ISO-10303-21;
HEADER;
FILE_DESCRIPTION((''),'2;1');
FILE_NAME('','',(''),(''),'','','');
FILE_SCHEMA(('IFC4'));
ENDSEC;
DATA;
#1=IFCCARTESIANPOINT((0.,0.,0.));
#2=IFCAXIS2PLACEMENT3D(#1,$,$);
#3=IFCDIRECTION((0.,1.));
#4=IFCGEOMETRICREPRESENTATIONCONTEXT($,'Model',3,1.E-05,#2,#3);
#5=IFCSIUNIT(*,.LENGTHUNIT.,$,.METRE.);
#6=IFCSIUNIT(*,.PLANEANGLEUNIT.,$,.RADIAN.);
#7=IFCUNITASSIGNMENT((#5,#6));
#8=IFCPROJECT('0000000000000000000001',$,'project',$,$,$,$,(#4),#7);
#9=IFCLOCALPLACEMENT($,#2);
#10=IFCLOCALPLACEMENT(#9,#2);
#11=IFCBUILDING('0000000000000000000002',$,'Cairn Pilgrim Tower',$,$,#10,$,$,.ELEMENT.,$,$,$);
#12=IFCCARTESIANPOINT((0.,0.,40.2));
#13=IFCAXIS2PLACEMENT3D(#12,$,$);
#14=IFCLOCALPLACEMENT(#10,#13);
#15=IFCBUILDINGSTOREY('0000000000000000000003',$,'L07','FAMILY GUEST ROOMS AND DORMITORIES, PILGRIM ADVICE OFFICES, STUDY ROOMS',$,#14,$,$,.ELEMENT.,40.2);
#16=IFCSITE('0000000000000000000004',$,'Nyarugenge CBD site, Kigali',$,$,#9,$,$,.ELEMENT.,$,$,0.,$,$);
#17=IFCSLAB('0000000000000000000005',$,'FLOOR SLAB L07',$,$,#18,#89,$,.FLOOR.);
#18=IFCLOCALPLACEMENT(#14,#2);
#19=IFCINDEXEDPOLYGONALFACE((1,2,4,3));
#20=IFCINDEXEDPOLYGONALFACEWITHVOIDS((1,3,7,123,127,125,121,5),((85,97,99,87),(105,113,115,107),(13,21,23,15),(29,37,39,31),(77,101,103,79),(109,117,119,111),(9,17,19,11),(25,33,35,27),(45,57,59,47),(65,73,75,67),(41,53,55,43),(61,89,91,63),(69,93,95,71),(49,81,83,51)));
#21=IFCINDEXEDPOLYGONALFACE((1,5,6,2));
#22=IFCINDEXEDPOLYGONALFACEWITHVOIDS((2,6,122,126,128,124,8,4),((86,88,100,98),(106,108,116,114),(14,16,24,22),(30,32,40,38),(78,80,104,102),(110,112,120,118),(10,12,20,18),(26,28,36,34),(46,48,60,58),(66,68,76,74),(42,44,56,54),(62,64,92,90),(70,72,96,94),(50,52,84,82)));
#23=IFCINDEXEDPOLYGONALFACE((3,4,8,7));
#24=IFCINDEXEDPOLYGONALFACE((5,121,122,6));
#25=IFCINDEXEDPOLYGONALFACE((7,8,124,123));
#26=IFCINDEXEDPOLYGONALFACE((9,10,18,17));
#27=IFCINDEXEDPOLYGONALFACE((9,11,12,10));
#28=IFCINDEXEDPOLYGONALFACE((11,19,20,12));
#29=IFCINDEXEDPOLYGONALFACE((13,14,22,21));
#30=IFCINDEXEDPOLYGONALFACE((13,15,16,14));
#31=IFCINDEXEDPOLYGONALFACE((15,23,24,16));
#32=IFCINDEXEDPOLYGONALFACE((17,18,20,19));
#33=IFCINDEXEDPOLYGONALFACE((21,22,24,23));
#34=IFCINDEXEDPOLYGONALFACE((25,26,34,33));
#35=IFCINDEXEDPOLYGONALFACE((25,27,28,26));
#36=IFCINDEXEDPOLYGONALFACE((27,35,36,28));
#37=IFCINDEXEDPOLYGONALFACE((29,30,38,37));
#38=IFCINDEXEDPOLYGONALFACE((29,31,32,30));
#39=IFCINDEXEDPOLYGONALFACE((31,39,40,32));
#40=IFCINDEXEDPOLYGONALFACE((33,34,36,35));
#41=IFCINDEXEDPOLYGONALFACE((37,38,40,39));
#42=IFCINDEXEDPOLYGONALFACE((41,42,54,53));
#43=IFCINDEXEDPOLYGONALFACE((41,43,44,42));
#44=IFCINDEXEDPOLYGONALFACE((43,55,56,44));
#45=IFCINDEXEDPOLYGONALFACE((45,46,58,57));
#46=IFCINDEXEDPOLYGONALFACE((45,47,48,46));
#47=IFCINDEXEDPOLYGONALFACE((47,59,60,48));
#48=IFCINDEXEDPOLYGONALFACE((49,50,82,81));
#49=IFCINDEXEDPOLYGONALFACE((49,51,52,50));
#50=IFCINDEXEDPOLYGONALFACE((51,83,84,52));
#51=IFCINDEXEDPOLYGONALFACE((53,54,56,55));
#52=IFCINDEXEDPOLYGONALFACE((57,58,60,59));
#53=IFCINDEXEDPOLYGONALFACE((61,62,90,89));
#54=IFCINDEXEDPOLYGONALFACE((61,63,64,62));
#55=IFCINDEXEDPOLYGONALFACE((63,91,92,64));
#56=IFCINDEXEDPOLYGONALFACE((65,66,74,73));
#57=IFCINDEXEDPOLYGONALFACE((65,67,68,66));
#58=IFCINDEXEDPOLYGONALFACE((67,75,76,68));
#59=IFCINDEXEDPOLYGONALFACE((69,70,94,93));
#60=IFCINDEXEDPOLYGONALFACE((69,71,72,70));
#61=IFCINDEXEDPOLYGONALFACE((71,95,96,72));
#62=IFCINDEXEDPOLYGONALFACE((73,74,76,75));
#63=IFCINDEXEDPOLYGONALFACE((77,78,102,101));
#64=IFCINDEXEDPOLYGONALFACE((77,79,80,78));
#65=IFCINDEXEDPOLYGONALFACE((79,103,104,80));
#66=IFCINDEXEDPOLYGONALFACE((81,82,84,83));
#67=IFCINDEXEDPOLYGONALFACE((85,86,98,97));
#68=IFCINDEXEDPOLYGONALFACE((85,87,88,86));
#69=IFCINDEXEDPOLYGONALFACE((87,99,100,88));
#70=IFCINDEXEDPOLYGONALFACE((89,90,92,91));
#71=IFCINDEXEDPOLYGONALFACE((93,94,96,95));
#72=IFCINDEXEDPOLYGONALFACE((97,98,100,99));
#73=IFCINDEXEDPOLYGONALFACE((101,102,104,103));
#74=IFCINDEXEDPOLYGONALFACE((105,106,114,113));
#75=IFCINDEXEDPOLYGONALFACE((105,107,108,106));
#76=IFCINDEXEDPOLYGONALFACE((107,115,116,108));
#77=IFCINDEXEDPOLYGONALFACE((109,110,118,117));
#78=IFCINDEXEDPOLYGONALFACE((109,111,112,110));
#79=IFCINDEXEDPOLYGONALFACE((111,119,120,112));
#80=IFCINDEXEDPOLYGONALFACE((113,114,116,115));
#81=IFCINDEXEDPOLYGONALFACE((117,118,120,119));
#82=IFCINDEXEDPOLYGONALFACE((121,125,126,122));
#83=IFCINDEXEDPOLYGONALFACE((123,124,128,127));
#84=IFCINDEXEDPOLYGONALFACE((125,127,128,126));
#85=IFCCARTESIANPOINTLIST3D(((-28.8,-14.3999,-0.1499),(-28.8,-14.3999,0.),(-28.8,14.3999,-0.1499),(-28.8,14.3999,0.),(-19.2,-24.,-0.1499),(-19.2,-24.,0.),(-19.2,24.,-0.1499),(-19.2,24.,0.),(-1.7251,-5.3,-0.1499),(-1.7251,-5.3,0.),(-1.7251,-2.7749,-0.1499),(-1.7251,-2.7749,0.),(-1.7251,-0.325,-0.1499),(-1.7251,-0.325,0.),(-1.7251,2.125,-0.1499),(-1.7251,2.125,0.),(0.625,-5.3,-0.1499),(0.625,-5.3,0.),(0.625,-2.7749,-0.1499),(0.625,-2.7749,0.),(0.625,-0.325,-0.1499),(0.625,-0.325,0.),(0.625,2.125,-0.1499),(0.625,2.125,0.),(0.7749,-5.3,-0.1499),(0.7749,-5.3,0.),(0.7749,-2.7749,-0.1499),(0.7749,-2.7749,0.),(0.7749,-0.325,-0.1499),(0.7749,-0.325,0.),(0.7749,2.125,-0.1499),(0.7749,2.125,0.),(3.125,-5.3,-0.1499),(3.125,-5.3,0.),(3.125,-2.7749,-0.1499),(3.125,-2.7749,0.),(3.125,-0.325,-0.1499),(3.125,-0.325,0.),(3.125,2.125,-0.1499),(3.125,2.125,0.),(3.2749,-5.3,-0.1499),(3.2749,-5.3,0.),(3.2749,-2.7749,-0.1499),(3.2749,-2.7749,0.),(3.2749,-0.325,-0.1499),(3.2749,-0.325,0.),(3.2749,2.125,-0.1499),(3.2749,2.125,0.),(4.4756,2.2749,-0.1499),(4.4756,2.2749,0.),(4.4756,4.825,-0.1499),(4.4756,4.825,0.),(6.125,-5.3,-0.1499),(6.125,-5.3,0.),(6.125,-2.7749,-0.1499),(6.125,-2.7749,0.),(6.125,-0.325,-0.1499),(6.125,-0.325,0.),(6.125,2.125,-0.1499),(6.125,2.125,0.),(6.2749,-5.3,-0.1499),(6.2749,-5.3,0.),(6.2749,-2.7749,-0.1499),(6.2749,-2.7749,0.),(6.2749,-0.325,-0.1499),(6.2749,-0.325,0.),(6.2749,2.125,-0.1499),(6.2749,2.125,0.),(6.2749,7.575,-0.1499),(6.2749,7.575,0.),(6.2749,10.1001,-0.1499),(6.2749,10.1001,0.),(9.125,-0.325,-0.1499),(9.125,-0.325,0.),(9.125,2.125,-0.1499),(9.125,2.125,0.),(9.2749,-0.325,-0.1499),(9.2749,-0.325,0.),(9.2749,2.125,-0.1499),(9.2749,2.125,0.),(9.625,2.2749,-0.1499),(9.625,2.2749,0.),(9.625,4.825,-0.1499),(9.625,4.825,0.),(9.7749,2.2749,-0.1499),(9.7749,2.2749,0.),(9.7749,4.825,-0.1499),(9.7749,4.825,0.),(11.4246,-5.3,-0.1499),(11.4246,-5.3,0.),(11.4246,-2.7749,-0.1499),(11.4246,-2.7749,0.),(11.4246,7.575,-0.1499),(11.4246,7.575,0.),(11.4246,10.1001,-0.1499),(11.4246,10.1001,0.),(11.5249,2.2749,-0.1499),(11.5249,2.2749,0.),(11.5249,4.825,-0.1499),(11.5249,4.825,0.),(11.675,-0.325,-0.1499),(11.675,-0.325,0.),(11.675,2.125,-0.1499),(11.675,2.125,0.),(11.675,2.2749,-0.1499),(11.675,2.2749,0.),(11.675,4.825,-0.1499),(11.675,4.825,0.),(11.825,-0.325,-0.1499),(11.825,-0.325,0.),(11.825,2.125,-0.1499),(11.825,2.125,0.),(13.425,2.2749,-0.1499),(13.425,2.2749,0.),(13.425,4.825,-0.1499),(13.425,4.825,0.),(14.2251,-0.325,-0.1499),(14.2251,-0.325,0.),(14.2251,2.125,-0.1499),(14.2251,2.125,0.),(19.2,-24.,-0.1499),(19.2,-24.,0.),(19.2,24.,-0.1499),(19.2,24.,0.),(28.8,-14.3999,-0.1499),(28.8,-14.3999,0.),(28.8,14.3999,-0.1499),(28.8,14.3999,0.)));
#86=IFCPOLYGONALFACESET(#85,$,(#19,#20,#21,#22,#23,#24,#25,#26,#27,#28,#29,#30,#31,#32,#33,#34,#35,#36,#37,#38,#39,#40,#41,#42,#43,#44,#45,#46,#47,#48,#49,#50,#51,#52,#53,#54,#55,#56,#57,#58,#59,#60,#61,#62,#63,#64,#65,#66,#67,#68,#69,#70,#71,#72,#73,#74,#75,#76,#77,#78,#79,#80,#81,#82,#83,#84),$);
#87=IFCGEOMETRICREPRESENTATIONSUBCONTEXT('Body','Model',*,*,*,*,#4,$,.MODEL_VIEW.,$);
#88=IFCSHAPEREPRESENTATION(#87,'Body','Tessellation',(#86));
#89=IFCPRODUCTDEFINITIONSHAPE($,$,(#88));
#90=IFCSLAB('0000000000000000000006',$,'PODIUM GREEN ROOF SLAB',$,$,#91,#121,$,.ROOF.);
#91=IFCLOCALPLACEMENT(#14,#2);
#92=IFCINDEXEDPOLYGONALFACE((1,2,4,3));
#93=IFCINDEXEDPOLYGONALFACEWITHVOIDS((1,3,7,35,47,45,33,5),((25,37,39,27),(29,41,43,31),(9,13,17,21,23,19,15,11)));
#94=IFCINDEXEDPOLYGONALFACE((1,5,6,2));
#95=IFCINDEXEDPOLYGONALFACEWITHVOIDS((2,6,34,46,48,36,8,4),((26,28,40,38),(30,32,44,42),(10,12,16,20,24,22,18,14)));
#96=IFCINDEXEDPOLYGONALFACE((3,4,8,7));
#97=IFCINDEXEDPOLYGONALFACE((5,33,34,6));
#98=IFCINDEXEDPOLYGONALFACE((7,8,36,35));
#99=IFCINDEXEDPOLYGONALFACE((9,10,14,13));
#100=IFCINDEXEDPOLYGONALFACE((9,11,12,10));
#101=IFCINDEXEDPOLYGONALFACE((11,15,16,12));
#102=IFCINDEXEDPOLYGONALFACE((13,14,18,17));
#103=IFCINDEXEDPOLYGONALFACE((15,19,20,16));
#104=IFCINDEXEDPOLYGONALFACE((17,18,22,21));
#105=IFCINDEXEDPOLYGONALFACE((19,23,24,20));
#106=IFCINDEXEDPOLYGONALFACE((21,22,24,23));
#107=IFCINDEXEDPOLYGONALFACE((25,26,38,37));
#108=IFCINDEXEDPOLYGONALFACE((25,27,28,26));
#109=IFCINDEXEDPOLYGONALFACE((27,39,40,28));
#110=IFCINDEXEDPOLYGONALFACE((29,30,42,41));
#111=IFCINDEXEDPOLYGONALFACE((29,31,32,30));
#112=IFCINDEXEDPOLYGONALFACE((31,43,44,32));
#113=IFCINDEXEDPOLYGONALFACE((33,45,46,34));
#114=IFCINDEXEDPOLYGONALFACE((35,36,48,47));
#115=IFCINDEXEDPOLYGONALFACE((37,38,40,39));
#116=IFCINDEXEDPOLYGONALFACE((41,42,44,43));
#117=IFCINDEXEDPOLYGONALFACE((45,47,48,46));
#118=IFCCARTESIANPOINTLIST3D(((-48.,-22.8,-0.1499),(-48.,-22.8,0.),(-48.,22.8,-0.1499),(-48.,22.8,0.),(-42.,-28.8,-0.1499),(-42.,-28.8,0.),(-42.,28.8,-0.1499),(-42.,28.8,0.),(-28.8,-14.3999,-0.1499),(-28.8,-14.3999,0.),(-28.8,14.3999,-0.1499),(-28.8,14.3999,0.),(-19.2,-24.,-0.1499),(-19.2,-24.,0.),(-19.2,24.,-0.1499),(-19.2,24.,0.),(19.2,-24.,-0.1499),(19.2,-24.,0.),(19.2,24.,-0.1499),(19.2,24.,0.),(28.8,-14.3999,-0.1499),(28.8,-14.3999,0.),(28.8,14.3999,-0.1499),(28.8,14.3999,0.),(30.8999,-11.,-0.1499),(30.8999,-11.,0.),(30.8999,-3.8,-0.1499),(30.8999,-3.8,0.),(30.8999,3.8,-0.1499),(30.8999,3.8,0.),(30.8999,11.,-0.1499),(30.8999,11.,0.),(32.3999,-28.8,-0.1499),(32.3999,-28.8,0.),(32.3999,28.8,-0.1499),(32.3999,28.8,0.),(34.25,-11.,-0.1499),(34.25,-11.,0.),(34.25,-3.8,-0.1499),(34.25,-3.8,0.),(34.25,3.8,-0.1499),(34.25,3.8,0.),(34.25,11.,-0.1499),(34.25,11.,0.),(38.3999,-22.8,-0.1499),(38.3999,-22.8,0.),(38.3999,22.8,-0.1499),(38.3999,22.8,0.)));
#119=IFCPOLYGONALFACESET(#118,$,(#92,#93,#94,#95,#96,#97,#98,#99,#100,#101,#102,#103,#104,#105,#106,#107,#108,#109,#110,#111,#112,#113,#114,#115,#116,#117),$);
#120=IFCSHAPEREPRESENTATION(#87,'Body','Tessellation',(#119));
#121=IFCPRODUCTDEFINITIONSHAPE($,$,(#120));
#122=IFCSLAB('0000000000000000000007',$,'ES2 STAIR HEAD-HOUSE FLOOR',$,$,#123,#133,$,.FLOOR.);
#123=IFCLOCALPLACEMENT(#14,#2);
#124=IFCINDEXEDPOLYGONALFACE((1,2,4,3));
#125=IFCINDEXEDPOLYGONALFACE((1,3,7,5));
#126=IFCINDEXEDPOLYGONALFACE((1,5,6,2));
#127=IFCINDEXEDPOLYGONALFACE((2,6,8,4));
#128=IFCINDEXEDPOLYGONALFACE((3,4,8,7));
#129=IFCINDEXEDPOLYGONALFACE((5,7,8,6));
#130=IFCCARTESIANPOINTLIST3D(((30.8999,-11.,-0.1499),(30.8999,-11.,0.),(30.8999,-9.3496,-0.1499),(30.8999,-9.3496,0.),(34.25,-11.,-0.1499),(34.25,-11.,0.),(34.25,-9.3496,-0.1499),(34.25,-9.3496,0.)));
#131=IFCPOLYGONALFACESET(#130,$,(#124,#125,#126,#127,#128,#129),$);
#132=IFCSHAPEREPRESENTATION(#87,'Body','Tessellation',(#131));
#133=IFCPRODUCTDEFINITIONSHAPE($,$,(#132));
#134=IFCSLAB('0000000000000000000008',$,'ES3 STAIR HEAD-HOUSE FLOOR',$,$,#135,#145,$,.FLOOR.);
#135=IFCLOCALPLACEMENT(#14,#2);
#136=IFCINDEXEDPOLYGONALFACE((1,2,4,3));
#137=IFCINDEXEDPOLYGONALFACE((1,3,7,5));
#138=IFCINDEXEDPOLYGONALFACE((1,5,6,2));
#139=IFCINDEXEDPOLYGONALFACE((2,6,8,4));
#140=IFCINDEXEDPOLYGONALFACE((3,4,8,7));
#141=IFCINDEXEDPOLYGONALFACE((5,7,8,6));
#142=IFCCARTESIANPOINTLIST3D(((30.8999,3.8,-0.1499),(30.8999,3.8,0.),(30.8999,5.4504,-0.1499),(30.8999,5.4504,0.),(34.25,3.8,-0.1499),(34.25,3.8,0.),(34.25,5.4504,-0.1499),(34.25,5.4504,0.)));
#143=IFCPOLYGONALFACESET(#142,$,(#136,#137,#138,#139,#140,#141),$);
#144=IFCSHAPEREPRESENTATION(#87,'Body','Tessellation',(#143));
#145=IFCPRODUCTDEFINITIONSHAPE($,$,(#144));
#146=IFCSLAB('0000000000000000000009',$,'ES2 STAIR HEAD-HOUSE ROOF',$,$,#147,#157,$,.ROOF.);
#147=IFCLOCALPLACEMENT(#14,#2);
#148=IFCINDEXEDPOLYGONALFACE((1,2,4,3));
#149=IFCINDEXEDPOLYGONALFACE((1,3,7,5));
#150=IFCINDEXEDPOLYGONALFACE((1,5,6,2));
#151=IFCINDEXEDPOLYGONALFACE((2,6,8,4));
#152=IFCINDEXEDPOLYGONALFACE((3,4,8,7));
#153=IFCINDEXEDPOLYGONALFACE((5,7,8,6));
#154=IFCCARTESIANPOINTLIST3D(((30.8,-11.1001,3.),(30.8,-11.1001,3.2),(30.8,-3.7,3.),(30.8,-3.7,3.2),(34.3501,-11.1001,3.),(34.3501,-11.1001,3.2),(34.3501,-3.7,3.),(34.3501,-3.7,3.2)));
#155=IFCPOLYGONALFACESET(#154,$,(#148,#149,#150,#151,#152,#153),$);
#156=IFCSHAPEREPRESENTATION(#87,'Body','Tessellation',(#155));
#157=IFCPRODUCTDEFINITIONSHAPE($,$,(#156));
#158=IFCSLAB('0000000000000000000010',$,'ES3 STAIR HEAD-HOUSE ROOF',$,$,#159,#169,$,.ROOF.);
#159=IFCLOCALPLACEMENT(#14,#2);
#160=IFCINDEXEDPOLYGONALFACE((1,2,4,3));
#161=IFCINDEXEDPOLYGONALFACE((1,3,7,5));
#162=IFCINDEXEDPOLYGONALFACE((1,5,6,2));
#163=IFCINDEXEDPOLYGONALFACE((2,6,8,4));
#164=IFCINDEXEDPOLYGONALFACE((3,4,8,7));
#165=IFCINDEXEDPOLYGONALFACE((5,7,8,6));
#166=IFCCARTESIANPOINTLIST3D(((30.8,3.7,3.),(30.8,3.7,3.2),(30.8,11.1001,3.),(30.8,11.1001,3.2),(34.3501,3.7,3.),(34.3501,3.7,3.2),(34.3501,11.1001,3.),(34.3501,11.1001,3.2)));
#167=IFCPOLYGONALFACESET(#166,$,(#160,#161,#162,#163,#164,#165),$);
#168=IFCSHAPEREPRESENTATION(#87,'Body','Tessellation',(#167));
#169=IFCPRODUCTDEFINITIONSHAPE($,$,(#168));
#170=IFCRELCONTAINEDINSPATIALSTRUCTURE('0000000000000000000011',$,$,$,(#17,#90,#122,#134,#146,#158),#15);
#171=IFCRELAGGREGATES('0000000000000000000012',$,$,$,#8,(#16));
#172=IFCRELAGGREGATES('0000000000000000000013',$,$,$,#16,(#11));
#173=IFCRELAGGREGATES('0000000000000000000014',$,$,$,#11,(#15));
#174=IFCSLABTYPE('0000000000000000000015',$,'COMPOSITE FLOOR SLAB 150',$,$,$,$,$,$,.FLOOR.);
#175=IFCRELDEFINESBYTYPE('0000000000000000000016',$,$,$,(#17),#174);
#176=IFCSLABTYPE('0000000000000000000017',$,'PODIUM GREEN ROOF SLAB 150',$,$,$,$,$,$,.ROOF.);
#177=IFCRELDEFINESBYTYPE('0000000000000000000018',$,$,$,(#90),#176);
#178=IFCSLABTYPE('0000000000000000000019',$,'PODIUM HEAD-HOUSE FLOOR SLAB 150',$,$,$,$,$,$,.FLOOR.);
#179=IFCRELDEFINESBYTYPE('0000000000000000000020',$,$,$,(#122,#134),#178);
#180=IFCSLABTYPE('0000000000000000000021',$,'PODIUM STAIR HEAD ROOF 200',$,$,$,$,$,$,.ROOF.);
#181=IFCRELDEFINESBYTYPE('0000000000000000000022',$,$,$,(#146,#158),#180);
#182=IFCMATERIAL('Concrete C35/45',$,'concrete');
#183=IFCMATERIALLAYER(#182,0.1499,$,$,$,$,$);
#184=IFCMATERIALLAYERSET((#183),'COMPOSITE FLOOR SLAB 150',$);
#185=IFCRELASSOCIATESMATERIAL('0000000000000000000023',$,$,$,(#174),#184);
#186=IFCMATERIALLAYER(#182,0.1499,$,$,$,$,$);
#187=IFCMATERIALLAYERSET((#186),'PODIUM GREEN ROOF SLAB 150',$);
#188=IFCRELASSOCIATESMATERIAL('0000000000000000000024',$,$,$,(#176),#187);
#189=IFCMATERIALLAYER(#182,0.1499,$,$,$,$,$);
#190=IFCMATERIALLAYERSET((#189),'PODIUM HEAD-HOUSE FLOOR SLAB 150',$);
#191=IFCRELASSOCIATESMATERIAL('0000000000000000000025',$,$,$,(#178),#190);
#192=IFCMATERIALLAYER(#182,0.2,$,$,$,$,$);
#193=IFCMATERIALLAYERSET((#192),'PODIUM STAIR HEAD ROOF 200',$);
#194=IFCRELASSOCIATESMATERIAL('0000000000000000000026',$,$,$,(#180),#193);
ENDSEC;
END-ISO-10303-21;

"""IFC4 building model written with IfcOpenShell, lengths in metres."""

from ifc_helpers import new_model, si_unit, direction, frame, origin, place, context, subcontext, project, spatial, polyline, outline, extrude, material, layer, layer_set, type_object, element, save


model = new_model("IFC4")

# Units and contexts
model_context = context("Model", 3, precision=1e-05, world=origin(), true_north=direction((0.0, 1.0)))
body_context = subcontext(model_context, "Body", "Model", "MODEL_VIEW")
ifc_project = project(units=[si_unit("LENGTHUNIT", "METRE"), si_unit("PLANEANGLEUNIT", "RADIAN")], contexts=[model_context])

# Site, building, storey
site_placement = place(None, origin())
site = spatial("IfcSite", under=ifc_project, at=site_placement, Name="Nyarugenge CBD site, Kigali", CompositionType="ELEMENT", RefElevation=0.0)
building_placement = place(site_placement, origin())
building = spatial("IfcBuilding", under=site, at=building_placement, Name="Cairn Pilgrim Tower", CompositionType="ELEMENT")
storey_placement = place(building_placement, frame((0.0, 0.0, 40.2)))
storey = spatial("IfcBuildingStorey", under=building, at=storey_placement, Name="L07", Description="FAMILY GUEST ROOMS AND DORMITORIES, PILGRIM ADVICE OFFICES, STUDY ROOMS", CompositionType="ELEMENT", Elevation=40.2)

# Slabs
ifc_material_1 = material(Name="Concrete C35/45", Category="concrete")
ifc_layer_1 = layer(ifc_material_1, 0.1499)
ifc_layer_set_1 = layer_set([ifc_layer_1], Name="COMPOSITE FLOOR SLAB 150")
slab_type_1 = type_object("IfcSlabType", Name="COMPOSITE FLOOR SLAB 150", PredefinedType="FLOOR", material=ifc_layer_set_1)
slab_1_placement = place(storey_placement, frame((0.0, 0.0, -0.1499)))
element("IfcSlab", 1, at=slab_1_placement, inside=storey, type_object=slab_type_1, Name="FLOOR SLAB L07", PredefinedType="FLOOR", context=body_context, shape_type="SweptSolid", body=[
    extrude(outline(polyline([(-19.2, -24.0), (19.2, -24.0), (28.8, -14.3999), (28.8, 14.3999), (19.2, 24.0), (-19.2, 24.0), (-28.8, 14.3999), (-28.8, -14.3999), (-19.2, -24.0)]), holes=[polyline([(-1.7251, -5.3), (0.625, -5.3), (0.625, -2.7749), (-1.7251, -2.7749), (-1.7251, -5.3)]), polyline([(0.7749, -5.3), (3.125, -5.3), (3.125, -2.7749), (0.7749, -2.7749), (0.7749, -5.3)]), polyline([(-1.7251, -0.325), (0.625, -0.325), (0.625, 2.125), (-1.7251, 2.125), (-1.7251, -0.325)]), polyline([(0.7749, -0.325), (3.125, -0.325), (3.125, 2.125), (0.7749, 2.125), (0.7749, -0.325)]), polyline([(3.2749, -5.3), (6.125, -5.3), (6.125, -2.7749), (3.2749, -2.7749), (3.2749, -5.3)]), polyline([(3.2749, -0.325), (6.125, -0.325), (6.125, 2.125), (3.2749, 2.125), (3.2749, -0.325)]), polyline([(6.2749, -0.325), (9.125, -0.325), (9.125, 2.125), (6.2749, 2.125), (6.2749, -0.325)]), polyline([(9.2749, -0.325), (11.675, -0.325), (11.675, 2.125), (9.2749, 2.125), (9.2749, -0.325)]), polyline([(11.825, -0.325), (14.2251, -0.325), (14.2251, 2.125), (11.825, 2.125), (11.825, -0.325)]), polyline([(9.7749, 2.2749), (11.5249, 2.2749), (11.5249, 4.825), (9.7749, 4.825), (9.7749, 2.2749)]), polyline([(11.675, 2.2749), (13.425, 2.2749), (13.425, 4.825), (11.675, 4.825), (11.675, 2.2749)]), polyline([(11.4246, -2.7749), (6.2749, -2.7749), (6.2749, -5.3), (11.4246, -5.3), (11.4246, -2.7749)]), polyline([(4.4756, 2.2749), (9.625, 2.2749), (9.625, 4.825), (4.4756, 4.825), (4.4756, 2.2749)]), polyline([(11.4246, 10.1001), (6.2749, 10.1001), (6.2749, 7.575), (11.4246, 7.575), (11.4246, 10.1001)])]), origin(), (0.0, 0.0, 1.0), 0.1499),
])
ifc_layer_2 = layer(ifc_material_1, 0.1499)
ifc_layer_set_2 = layer_set([ifc_layer_2], Name="PODIUM GREEN ROOF SLAB 150")
slab_type_2 = type_object("IfcSlabType", Name="PODIUM GREEN ROOF SLAB 150", PredefinedType="ROOF", material=ifc_layer_set_2)
slab_2_placement = place(storey_placement, frame((0.0, 0.0, -0.1499)))
element("IfcSlab", 2, at=slab_2_placement, inside=storey, type_object=slab_type_2, Name="PODIUM GREEN ROOF SLAB", PredefinedType="ROOF", context=body_context, shape_type="SweptSolid", body=[
    extrude(outline(polyline([(-48.0, 22.8), (-48.0, -22.8), (-42.0, -28.8), (32.3999, -28.8), (38.3999, -22.8), (38.3999, 22.8), (32.3999, 28.8), (-42.0, 28.8), (-48.0, 22.8)]), holes=[polyline([(28.8, -14.3999), (19.2, -24.0), (-19.2, -24.0), (-28.8, -14.3999), (-28.8, 14.3999), (-19.2, 24.0), (19.2, 24.0), (28.8, 14.3999), (28.8, -14.3999)]), polyline([(34.25, -3.8), (34.25, -11.0), (30.8999, -11.0), (30.8999, -3.8), (34.25, -3.8)]), polyline([(34.25, 3.8), (30.8999, 3.8), (30.8999, 11.0), (34.25, 11.0), (34.25, 3.8)])]), origin(), (0.0, 0.0, 1.0), 0.1499),
])
ifc_layer_3 = layer(ifc_material_1, 0.1499)
ifc_layer_set_3 = layer_set([ifc_layer_3], Name="PODIUM HEAD-HOUSE FLOOR SLAB 150")
slab_type_3 = type_object("IfcSlabType", Name="PODIUM HEAD-HOUSE FLOOR SLAB 150", PredefinedType="FLOOR", material=ifc_layer_set_3)
slab_3_placement = place(storey_placement, frame((0.0, 0.0, -0.1499)))
element("IfcSlab", 3, at=slab_3_placement, inside=storey, type_object=slab_type_3, Name="ES2 STAIR HEAD-HOUSE FLOOR", PredefinedType="FLOOR", context=body_context, shape_type="SweptSolid", body=[
    extrude(outline(polyline([(30.8999, -11.0), (34.25, -11.0), (34.25, -9.3496), (30.8999, -9.3496), (30.8999, -11.0)])), origin(), (0.0, 0.0, 1.0), 0.1499),
])
slab_4_placement = place(storey_placement, frame((0.0, 0.0, -0.1499)))
element("IfcSlab", 4, at=slab_4_placement, inside=storey, type_object=slab_type_3, Name="ES3 STAIR HEAD-HOUSE FLOOR", PredefinedType="FLOOR", context=body_context, shape_type="SweptSolid", body=[
    extrude(outline(polyline([(30.8999, 3.8), (34.25, 3.8), (34.25, 5.4504), (30.8999, 5.4504), (30.8999, 3.8)])), origin(), (0.0, 0.0, 1.0), 0.1499),
])
ifc_layer_4 = layer(ifc_material_1, 0.2)
ifc_layer_set_4 = layer_set([ifc_layer_4], Name="PODIUM STAIR HEAD ROOF 200")
slab_type_4 = type_object("IfcSlabType", Name="PODIUM STAIR HEAD ROOF 200", PredefinedType="ROOF", material=ifc_layer_set_4)
slab_5_placement = place(storey_placement, frame((0.0, 0.0, 3.0)))
element("IfcSlab", 5, at=slab_5_placement, inside=storey, type_object=slab_type_4, Name="ES2 STAIR HEAD-HOUSE ROOF", PredefinedType="ROOF", context=body_context, shape_type="SweptSolid", body=[
    extrude(outline(polyline([(30.8, -11.1001), (34.3501, -11.1001), (34.3501, -3.7), (30.8, -3.7), (30.8, -11.1001)])), origin(), (0.0, 0.0, 1.0), 0.2),
])
slab_6_placement = place(storey_placement, frame((0.0, 0.0, 3.0)))
element("IfcSlab", 6, at=slab_6_placement, inside=storey, type_object=slab_type_4, Name="ES3 STAIR HEAD-HOUSE ROOF", PredefinedType="ROOF", context=body_context, shape_type="SweptSolid", body=[
    extrude(outline(polyline([(30.8, 3.7), (34.3501, 3.7), (34.3501, 11.1001), (30.8, 11.1001), (30.8, 3.7)])), origin(), (0.0, 0.0, 1.0), 0.2),
])

save(model, "model.ifc")
